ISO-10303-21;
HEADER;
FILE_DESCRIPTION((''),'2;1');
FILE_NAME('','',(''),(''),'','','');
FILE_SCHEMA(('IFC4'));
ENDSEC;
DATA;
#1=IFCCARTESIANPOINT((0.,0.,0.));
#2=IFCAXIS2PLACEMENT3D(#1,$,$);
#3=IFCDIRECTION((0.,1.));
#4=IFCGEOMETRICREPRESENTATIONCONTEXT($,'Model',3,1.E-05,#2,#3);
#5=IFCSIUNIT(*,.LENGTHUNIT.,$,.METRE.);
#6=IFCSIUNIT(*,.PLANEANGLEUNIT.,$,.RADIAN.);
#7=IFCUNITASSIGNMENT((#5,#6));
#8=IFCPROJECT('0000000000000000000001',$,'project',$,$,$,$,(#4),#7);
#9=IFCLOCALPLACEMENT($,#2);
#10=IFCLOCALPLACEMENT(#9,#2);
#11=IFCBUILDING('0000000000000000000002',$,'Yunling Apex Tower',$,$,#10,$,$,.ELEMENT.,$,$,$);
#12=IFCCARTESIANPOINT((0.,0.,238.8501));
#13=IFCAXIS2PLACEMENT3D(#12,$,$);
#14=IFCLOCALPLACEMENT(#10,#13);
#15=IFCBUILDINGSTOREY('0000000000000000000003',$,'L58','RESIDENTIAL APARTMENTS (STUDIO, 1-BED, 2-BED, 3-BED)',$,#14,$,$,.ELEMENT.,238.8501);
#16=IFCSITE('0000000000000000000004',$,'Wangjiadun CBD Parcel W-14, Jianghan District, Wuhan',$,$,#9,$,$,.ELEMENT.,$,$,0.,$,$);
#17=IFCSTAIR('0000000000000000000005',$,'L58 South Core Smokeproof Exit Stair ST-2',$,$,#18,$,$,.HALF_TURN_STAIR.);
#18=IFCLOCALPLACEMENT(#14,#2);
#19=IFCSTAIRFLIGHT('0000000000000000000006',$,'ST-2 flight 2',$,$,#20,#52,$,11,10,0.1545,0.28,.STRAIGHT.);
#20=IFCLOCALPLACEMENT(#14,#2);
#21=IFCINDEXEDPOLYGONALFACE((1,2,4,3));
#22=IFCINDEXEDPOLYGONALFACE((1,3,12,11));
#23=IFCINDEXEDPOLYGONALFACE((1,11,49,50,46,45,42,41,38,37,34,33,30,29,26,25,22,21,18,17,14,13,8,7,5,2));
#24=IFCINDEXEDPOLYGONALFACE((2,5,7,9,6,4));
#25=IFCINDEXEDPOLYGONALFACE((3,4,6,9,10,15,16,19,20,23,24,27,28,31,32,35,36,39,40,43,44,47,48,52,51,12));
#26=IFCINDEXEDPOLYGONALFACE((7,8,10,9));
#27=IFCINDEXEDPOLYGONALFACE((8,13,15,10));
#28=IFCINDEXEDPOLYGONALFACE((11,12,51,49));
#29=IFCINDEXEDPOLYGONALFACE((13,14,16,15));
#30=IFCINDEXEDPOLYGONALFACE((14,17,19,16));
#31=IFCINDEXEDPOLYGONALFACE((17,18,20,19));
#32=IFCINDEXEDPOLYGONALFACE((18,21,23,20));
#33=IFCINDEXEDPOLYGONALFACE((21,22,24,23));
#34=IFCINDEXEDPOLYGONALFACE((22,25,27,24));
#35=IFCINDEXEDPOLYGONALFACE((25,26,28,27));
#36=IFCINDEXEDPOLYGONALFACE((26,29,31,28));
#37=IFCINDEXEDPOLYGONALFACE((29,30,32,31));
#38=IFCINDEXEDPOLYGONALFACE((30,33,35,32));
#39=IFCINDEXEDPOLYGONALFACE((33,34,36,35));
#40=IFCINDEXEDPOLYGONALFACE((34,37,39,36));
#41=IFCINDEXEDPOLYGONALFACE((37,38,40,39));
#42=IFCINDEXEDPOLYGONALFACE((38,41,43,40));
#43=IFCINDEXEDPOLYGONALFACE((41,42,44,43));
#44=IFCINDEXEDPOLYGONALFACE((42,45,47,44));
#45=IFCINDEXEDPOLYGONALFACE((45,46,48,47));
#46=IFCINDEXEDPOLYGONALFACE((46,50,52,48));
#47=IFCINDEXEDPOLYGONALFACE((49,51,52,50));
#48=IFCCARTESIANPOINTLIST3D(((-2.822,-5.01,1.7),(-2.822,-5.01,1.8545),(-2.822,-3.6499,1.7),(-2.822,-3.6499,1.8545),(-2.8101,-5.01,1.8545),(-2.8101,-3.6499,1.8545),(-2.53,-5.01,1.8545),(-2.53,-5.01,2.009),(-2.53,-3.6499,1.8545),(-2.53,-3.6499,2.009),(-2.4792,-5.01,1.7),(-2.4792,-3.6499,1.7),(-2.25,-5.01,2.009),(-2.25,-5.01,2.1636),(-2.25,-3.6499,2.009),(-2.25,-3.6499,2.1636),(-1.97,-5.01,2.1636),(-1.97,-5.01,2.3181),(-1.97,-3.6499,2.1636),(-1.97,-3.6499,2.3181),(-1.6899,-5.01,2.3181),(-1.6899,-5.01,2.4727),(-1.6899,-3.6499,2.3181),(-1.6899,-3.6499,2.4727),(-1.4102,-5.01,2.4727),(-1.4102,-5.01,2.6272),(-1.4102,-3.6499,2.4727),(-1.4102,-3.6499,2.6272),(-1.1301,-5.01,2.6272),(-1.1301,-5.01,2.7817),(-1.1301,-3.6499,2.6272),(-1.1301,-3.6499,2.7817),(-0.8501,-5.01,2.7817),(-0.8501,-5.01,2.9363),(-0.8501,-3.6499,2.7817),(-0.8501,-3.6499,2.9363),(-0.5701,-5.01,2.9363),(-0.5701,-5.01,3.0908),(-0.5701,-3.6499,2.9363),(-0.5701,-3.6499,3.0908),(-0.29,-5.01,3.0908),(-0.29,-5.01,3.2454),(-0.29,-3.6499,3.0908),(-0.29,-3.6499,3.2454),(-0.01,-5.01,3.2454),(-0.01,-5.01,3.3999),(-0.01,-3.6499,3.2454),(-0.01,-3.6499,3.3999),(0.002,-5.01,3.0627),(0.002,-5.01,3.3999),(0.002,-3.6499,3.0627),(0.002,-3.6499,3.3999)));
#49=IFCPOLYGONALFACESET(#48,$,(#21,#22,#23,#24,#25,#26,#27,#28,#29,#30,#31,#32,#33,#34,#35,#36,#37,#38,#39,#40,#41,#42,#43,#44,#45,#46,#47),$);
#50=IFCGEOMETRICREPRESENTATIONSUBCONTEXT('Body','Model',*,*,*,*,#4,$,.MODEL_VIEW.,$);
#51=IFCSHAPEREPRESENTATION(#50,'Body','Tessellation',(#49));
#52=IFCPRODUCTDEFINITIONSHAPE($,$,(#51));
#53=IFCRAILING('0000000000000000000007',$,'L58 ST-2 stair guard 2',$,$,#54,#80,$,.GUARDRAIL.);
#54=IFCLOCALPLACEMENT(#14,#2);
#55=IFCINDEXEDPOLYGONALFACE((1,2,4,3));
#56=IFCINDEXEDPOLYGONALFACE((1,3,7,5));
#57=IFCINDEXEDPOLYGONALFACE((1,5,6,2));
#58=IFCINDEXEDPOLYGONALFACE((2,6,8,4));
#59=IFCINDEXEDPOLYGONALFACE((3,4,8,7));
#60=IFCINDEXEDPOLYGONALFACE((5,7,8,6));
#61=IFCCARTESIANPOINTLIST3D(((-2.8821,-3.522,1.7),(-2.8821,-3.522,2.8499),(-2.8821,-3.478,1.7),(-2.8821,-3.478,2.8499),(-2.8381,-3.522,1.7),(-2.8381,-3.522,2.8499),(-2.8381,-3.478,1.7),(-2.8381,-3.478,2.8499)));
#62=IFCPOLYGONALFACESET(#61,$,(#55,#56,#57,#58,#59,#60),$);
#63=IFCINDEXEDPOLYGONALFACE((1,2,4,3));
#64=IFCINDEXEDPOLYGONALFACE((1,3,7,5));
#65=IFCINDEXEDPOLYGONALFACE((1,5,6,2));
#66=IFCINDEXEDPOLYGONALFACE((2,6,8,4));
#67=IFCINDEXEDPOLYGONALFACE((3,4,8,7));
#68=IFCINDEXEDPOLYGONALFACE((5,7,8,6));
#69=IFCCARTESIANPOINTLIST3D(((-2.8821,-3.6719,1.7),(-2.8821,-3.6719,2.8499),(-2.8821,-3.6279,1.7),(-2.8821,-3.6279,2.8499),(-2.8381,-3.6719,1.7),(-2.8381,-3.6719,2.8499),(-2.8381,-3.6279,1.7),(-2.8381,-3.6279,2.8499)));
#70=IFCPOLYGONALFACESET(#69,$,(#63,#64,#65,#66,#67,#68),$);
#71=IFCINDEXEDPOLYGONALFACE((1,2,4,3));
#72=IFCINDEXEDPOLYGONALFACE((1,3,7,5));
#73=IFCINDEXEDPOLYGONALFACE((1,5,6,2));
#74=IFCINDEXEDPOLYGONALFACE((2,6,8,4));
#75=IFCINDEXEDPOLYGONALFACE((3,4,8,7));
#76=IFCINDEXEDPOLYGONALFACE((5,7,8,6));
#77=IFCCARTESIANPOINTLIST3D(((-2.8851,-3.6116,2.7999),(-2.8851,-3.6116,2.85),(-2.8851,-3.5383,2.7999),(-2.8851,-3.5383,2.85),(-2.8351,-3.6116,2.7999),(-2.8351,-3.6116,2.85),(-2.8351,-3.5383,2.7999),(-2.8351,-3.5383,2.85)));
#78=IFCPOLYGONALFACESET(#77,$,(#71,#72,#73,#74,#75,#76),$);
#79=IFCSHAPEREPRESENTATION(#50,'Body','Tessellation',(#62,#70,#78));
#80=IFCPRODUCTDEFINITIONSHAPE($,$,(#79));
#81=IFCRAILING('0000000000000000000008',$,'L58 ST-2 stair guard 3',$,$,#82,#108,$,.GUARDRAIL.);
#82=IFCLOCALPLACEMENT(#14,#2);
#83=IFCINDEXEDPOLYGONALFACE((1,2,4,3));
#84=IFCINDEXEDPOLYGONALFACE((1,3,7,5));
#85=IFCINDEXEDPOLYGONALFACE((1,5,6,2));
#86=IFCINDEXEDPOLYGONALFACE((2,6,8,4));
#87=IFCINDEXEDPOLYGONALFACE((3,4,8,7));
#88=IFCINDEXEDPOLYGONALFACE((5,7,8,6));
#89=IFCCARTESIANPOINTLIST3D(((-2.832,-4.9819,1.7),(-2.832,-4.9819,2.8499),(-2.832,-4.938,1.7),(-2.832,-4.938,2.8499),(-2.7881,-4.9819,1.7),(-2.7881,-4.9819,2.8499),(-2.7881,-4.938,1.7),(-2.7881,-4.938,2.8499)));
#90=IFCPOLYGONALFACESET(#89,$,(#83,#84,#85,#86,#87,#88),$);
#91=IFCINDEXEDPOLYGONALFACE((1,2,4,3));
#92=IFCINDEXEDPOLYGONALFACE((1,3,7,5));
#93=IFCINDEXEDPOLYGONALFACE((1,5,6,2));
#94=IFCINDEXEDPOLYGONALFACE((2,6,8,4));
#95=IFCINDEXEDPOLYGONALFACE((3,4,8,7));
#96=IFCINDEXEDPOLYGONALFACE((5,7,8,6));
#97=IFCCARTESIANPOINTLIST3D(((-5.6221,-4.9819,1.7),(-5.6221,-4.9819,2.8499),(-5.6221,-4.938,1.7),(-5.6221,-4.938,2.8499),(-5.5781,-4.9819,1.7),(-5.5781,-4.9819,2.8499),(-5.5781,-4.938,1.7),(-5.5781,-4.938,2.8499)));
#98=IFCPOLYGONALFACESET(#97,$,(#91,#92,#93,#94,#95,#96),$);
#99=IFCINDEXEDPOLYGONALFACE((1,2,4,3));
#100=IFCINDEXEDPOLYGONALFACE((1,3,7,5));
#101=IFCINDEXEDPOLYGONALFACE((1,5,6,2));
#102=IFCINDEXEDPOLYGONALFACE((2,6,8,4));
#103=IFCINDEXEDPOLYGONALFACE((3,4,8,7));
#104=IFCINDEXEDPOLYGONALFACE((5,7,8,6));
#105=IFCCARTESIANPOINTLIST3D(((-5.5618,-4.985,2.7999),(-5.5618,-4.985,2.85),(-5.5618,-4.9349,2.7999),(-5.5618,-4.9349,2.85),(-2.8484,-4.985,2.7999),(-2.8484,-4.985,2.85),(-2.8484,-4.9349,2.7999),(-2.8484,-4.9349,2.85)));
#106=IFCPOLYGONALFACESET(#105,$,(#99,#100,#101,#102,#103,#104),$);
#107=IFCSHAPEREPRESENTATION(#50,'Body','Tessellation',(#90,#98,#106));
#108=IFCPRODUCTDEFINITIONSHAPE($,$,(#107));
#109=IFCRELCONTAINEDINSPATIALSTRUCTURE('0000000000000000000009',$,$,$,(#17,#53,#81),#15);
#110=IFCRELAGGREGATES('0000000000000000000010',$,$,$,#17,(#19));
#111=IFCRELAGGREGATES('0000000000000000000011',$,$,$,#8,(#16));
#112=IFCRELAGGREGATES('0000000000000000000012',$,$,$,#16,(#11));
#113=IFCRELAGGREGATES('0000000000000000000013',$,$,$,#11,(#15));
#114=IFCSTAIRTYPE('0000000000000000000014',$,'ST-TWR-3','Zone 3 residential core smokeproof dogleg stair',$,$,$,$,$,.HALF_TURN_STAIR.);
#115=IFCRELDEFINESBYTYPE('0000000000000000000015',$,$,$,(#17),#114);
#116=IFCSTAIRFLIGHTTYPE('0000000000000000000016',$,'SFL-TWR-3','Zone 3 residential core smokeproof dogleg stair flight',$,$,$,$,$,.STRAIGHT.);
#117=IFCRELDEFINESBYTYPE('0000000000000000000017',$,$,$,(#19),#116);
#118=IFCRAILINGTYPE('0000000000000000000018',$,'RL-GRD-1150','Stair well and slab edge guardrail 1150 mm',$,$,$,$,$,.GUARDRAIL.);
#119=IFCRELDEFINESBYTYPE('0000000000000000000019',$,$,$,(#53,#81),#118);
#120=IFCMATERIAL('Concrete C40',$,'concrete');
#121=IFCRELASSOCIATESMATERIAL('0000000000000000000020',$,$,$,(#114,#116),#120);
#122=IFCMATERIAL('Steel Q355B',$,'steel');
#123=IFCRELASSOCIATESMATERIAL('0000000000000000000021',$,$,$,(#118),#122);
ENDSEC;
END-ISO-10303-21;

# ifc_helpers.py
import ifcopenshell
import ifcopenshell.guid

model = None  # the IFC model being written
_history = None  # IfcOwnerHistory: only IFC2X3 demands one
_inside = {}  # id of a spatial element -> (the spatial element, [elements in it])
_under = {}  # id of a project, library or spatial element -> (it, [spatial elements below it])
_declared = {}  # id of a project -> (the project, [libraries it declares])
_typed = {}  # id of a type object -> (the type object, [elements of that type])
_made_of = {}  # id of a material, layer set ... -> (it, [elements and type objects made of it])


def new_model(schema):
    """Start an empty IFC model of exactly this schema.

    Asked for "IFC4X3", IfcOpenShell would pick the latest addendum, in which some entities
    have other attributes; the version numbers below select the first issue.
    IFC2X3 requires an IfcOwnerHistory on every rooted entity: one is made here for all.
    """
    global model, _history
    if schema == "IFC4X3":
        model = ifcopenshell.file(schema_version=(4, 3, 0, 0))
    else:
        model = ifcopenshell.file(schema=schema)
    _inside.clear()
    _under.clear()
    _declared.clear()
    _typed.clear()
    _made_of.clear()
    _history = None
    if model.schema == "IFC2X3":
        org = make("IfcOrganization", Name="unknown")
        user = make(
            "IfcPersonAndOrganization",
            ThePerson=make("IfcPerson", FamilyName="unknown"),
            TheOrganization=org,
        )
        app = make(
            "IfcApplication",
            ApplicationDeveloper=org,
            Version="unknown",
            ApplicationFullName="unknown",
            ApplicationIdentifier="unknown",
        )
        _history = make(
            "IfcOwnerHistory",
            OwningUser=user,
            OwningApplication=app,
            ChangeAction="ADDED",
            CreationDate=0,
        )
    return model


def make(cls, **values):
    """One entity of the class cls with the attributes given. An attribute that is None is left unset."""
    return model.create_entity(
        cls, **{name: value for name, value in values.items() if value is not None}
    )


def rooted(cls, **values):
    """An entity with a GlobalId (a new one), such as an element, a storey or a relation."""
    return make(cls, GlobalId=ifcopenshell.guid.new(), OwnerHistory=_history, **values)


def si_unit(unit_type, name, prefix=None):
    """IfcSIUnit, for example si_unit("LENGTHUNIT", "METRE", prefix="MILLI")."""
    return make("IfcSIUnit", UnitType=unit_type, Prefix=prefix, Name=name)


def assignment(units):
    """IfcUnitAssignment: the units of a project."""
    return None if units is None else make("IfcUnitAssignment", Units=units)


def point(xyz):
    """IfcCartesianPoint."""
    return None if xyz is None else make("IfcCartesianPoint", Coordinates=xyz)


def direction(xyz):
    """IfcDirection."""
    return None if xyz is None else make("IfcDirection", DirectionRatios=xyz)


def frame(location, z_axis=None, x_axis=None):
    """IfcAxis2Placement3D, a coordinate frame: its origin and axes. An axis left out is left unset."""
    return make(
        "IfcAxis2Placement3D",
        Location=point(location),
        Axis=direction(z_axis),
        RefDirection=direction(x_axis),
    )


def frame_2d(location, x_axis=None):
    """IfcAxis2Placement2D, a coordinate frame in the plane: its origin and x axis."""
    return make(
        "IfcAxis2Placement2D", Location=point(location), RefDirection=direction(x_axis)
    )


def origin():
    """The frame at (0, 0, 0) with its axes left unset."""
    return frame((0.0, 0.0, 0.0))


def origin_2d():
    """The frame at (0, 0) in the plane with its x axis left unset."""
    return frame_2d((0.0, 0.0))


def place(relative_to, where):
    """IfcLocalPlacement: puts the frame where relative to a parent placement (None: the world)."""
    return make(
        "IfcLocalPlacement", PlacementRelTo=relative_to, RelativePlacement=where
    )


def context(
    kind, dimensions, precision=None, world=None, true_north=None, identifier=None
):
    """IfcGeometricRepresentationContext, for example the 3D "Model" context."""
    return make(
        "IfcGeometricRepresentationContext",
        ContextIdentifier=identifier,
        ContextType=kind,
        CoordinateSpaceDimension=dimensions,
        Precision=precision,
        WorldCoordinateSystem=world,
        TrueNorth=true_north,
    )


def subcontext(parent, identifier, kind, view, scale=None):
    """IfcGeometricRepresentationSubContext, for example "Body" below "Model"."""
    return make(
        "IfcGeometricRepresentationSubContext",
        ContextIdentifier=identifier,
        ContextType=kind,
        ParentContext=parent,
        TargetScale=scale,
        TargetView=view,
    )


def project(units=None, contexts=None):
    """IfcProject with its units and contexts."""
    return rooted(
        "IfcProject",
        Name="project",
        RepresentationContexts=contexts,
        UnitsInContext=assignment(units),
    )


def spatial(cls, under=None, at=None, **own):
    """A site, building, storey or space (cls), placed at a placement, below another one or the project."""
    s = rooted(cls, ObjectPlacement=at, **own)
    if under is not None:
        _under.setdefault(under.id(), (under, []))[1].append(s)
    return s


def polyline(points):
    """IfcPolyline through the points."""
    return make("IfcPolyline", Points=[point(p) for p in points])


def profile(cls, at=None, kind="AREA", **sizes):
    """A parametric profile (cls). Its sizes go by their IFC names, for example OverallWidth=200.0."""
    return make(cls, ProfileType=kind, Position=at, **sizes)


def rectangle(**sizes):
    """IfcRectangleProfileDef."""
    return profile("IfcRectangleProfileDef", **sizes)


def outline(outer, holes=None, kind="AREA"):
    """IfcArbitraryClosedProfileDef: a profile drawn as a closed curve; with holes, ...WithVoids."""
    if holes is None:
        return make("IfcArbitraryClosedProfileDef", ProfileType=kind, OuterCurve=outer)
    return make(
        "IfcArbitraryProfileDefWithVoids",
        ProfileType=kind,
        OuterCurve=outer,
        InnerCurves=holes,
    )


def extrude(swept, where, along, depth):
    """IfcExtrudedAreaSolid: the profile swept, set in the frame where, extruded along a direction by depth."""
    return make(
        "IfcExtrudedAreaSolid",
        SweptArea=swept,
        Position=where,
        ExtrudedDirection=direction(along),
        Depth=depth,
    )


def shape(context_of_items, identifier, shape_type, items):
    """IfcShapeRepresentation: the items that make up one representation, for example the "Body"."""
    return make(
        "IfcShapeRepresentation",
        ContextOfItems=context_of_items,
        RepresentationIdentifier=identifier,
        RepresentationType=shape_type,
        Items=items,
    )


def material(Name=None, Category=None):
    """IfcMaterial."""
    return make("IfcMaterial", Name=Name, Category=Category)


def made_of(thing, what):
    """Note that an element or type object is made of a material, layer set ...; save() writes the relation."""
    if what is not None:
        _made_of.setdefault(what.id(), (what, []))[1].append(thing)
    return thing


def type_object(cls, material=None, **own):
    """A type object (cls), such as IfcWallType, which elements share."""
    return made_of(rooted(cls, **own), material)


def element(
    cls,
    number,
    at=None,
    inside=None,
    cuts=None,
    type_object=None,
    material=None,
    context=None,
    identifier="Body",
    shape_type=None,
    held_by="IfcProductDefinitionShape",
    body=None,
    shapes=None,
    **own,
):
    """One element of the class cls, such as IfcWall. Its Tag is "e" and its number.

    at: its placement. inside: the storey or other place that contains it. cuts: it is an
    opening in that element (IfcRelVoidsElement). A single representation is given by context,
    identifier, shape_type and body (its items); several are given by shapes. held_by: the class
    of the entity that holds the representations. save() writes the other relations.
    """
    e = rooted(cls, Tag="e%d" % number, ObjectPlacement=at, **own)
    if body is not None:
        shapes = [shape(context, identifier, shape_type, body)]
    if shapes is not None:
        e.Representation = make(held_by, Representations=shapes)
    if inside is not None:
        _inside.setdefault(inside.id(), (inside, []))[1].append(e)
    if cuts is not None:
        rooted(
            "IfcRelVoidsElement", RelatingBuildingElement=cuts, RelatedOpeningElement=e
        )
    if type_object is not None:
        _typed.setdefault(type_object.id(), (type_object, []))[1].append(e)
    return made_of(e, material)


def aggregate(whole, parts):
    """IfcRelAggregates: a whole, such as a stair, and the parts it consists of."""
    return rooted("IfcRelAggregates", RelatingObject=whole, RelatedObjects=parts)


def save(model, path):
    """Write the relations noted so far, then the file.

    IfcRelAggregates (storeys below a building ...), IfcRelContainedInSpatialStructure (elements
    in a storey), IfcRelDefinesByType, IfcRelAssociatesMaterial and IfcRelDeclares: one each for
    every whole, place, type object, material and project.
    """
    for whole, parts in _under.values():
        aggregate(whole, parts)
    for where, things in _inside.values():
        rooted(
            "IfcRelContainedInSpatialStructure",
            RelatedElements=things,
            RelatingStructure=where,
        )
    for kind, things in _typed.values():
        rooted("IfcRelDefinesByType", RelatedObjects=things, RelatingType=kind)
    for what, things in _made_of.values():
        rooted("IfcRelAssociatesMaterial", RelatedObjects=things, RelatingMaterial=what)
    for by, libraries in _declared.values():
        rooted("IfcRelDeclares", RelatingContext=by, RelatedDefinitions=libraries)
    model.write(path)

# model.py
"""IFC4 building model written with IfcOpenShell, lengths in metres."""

from ifc_helpers import new_model, si_unit, direction, frame, origin, origin_2d, place, context, subcontext, project, spatial, polyline, rectangle, outline, extrude, material, type_object, element, aggregate, save


model = new_model("IFC4")

# Units and contexts
model_context = context("Model", 3, precision=1e-05, world=origin(), true_north=direction((0.0, 1.0)))
body_context = subcontext(model_context, "Body", "Model", "MODEL_VIEW")
ifc_project = project(units=[si_unit("LENGTHUNIT", "METRE"), si_unit("PLANEANGLEUNIT", "RADIAN")], contexts=[model_context])

# Site, building, storey
site_placement = place(None, origin())
site = spatial("IfcSite", under=ifc_project, at=site_placement, Name="Wangjiadun CBD Parcel W-14, Jianghan District, Wuhan", CompositionType="ELEMENT", RefElevation=0.0)
building_placement = place(site_placement, origin())
building = spatial("IfcBuilding", under=site, at=building_placement, Name="Yunling Apex Tower", CompositionType="ELEMENT")
storey_placement = place(building_placement, frame((0.0, 0.0, 238.8501)))
storey = spatial("IfcBuildingStorey", under=building, at=storey_placement, Name="L58", Description="RESIDENTIAL APARTMENTS (STUDIO, 1-BED, 2-BED, 3-BED)", CompositionType="ELEMENT", Elevation=238.8501)

# Shared definitions
ifc_material_1 = material(Name="Steel Q355B", Category="steel")
ifc_material_2 = material(Name="Concrete C40", Category="concrete")

# Stair, stair flight
stair_type = type_object("IfcStairType", Name="ST-TWR-3", Description="Zone 3 residential core smokeproof dogleg stair", PredefinedType="HALF_TURN_STAIR", material=ifc_material_2)
stair_placement = place(storey_placement, origin())
stair = element("IfcStair", 1, at=stair_placement, inside=storey, type_object=stair_type, Name="L58 South Core Smokeproof Exit Stair ST-2", PredefinedType="HALF_TURN_STAIR")
stair_flight_type = type_object("IfcStairFlightType", Name="SFL-TWR-3", Description="Zone 3 residential core smokeproof dogleg stair flight", PredefinedType="STRAIGHT", material=ifc_material_2)
stair_flight_placement = place(storey_placement, frame((-2.8101, -4.3301, 1.7), z_axis=(0.0, 0.0, 1.0), x_axis=(1.0, 0.0, 0.0)))
stair_flight = element("IfcStairFlight", 2, at=stair_flight_placement, type_object=stair_flight_type, Name="ST-2 flight 2", NumberOfRisers=11, NumberOfTreads=10, PredefinedType="STRAIGHT", RiserHeight=0.1545, TreadLength=0.28, context=body_context, shape_type="SweptSolid", body=[
    extrude(outline(polyline([(-0.012, 0.0), (-0.012, 0.1545), (0.0, 0.1545), (0.28, 0.1545), (0.28, 0.3091), (0.5601, 0.3091), (0.5601, 0.4636), (0.8401, 0.4636), (0.8401, 0.6182), (1.1201, 0.6182), (1.1201, 0.7727), (1.3999, 0.7727), (1.3999, 0.9272), (1.6799, 0.9272), (1.6799, 1.0818), (1.96, 1.0818), (1.96, 1.2363), (2.24, 1.2363), (2.24, 1.3909), (2.52, 1.3909), (2.52, 1.5454), (2.8, 1.5454), (2.8, 1.7), (2.812, 1.7), (2.812, 1.3628), (0.3308, 0.0), (-0.012, 0.0)])), frame((0.0, 0.6802, 0.0), z_axis=(0.0, -1.0, 0.0), x_axis=(1.0, 0.0, 0.0)), (0.0, 0.0, 1.0), 1.3601),
])
aggregate(stair, [stair_flight])

# Railings
railing_type = type_object("IfcRailingType", Name="RL-GRD-1150", Description="Stair well and slab edge guardrail 1150 mm", PredefinedType="GUARDRAIL", material=ifc_material_1)
railing_1_placement = place(storey_placement, frame((-2.8601, -3.5, 1.7)))
element("IfcRailing", 3, at=railing_1_placement, inside=storey, type_object=railing_type, Name="L58 ST-2 stair guard 2", PredefinedType="GUARDRAIL", context=body_context, shape_type="SweptSolid", body=[
    extrude(rectangle(XDim=0.0439, YDim=0.0439, at=origin_2d()), origin(), (0.0, 0.0, 1.0), 1.1499),
    extrude(rectangle(XDim=0.0439, YDim=0.0439, at=origin_2d()), frame((0.0, -0.1499, 0.0)), (0.0, 0.0, 1.0), 1.1499),
    extrude(rectangle(XDim=0.05, YDim=0.05, at=origin_2d()), frame((0.0, -0.0383, 1.125), z_axis=(0.0, -1.0, 0.0), x_axis=(1.0, 0.0, 0.0)), (0.0, 0.0, 1.0), 0.0732),
])
railing_2_placement = place(storey_placement, frame((-2.8101, -4.96, 1.7)))
element("IfcRailing", 4, at=railing_2_placement, inside=storey, type_object=railing_type, Name="L58 ST-2 stair guard 3", PredefinedType="GUARDRAIL", context=body_context, shape_type="SweptSolid", body=[
    extrude(rectangle(XDim=0.0439, YDim=0.0439, at=origin_2d()), origin(), (0.0, 0.0, 1.0), 1.1499),
    extrude(rectangle(XDim=0.0439, YDim=0.0439, at=origin_2d()), frame((-2.79, 0.0, 0.0)), (0.0, 0.0, 1.0), 1.1499),
    extrude(rectangle(XDim=0.05, YDim=0.05, at=origin_2d()), frame((-0.0383, 0.0, 1.125), z_axis=(-1.0, 0.0, 0.0), x_axis=(0.0, -1.0, 0.0)), (0.0, 0.0, 1.0), 2.7134),
])

save(model, "model.ifc")
